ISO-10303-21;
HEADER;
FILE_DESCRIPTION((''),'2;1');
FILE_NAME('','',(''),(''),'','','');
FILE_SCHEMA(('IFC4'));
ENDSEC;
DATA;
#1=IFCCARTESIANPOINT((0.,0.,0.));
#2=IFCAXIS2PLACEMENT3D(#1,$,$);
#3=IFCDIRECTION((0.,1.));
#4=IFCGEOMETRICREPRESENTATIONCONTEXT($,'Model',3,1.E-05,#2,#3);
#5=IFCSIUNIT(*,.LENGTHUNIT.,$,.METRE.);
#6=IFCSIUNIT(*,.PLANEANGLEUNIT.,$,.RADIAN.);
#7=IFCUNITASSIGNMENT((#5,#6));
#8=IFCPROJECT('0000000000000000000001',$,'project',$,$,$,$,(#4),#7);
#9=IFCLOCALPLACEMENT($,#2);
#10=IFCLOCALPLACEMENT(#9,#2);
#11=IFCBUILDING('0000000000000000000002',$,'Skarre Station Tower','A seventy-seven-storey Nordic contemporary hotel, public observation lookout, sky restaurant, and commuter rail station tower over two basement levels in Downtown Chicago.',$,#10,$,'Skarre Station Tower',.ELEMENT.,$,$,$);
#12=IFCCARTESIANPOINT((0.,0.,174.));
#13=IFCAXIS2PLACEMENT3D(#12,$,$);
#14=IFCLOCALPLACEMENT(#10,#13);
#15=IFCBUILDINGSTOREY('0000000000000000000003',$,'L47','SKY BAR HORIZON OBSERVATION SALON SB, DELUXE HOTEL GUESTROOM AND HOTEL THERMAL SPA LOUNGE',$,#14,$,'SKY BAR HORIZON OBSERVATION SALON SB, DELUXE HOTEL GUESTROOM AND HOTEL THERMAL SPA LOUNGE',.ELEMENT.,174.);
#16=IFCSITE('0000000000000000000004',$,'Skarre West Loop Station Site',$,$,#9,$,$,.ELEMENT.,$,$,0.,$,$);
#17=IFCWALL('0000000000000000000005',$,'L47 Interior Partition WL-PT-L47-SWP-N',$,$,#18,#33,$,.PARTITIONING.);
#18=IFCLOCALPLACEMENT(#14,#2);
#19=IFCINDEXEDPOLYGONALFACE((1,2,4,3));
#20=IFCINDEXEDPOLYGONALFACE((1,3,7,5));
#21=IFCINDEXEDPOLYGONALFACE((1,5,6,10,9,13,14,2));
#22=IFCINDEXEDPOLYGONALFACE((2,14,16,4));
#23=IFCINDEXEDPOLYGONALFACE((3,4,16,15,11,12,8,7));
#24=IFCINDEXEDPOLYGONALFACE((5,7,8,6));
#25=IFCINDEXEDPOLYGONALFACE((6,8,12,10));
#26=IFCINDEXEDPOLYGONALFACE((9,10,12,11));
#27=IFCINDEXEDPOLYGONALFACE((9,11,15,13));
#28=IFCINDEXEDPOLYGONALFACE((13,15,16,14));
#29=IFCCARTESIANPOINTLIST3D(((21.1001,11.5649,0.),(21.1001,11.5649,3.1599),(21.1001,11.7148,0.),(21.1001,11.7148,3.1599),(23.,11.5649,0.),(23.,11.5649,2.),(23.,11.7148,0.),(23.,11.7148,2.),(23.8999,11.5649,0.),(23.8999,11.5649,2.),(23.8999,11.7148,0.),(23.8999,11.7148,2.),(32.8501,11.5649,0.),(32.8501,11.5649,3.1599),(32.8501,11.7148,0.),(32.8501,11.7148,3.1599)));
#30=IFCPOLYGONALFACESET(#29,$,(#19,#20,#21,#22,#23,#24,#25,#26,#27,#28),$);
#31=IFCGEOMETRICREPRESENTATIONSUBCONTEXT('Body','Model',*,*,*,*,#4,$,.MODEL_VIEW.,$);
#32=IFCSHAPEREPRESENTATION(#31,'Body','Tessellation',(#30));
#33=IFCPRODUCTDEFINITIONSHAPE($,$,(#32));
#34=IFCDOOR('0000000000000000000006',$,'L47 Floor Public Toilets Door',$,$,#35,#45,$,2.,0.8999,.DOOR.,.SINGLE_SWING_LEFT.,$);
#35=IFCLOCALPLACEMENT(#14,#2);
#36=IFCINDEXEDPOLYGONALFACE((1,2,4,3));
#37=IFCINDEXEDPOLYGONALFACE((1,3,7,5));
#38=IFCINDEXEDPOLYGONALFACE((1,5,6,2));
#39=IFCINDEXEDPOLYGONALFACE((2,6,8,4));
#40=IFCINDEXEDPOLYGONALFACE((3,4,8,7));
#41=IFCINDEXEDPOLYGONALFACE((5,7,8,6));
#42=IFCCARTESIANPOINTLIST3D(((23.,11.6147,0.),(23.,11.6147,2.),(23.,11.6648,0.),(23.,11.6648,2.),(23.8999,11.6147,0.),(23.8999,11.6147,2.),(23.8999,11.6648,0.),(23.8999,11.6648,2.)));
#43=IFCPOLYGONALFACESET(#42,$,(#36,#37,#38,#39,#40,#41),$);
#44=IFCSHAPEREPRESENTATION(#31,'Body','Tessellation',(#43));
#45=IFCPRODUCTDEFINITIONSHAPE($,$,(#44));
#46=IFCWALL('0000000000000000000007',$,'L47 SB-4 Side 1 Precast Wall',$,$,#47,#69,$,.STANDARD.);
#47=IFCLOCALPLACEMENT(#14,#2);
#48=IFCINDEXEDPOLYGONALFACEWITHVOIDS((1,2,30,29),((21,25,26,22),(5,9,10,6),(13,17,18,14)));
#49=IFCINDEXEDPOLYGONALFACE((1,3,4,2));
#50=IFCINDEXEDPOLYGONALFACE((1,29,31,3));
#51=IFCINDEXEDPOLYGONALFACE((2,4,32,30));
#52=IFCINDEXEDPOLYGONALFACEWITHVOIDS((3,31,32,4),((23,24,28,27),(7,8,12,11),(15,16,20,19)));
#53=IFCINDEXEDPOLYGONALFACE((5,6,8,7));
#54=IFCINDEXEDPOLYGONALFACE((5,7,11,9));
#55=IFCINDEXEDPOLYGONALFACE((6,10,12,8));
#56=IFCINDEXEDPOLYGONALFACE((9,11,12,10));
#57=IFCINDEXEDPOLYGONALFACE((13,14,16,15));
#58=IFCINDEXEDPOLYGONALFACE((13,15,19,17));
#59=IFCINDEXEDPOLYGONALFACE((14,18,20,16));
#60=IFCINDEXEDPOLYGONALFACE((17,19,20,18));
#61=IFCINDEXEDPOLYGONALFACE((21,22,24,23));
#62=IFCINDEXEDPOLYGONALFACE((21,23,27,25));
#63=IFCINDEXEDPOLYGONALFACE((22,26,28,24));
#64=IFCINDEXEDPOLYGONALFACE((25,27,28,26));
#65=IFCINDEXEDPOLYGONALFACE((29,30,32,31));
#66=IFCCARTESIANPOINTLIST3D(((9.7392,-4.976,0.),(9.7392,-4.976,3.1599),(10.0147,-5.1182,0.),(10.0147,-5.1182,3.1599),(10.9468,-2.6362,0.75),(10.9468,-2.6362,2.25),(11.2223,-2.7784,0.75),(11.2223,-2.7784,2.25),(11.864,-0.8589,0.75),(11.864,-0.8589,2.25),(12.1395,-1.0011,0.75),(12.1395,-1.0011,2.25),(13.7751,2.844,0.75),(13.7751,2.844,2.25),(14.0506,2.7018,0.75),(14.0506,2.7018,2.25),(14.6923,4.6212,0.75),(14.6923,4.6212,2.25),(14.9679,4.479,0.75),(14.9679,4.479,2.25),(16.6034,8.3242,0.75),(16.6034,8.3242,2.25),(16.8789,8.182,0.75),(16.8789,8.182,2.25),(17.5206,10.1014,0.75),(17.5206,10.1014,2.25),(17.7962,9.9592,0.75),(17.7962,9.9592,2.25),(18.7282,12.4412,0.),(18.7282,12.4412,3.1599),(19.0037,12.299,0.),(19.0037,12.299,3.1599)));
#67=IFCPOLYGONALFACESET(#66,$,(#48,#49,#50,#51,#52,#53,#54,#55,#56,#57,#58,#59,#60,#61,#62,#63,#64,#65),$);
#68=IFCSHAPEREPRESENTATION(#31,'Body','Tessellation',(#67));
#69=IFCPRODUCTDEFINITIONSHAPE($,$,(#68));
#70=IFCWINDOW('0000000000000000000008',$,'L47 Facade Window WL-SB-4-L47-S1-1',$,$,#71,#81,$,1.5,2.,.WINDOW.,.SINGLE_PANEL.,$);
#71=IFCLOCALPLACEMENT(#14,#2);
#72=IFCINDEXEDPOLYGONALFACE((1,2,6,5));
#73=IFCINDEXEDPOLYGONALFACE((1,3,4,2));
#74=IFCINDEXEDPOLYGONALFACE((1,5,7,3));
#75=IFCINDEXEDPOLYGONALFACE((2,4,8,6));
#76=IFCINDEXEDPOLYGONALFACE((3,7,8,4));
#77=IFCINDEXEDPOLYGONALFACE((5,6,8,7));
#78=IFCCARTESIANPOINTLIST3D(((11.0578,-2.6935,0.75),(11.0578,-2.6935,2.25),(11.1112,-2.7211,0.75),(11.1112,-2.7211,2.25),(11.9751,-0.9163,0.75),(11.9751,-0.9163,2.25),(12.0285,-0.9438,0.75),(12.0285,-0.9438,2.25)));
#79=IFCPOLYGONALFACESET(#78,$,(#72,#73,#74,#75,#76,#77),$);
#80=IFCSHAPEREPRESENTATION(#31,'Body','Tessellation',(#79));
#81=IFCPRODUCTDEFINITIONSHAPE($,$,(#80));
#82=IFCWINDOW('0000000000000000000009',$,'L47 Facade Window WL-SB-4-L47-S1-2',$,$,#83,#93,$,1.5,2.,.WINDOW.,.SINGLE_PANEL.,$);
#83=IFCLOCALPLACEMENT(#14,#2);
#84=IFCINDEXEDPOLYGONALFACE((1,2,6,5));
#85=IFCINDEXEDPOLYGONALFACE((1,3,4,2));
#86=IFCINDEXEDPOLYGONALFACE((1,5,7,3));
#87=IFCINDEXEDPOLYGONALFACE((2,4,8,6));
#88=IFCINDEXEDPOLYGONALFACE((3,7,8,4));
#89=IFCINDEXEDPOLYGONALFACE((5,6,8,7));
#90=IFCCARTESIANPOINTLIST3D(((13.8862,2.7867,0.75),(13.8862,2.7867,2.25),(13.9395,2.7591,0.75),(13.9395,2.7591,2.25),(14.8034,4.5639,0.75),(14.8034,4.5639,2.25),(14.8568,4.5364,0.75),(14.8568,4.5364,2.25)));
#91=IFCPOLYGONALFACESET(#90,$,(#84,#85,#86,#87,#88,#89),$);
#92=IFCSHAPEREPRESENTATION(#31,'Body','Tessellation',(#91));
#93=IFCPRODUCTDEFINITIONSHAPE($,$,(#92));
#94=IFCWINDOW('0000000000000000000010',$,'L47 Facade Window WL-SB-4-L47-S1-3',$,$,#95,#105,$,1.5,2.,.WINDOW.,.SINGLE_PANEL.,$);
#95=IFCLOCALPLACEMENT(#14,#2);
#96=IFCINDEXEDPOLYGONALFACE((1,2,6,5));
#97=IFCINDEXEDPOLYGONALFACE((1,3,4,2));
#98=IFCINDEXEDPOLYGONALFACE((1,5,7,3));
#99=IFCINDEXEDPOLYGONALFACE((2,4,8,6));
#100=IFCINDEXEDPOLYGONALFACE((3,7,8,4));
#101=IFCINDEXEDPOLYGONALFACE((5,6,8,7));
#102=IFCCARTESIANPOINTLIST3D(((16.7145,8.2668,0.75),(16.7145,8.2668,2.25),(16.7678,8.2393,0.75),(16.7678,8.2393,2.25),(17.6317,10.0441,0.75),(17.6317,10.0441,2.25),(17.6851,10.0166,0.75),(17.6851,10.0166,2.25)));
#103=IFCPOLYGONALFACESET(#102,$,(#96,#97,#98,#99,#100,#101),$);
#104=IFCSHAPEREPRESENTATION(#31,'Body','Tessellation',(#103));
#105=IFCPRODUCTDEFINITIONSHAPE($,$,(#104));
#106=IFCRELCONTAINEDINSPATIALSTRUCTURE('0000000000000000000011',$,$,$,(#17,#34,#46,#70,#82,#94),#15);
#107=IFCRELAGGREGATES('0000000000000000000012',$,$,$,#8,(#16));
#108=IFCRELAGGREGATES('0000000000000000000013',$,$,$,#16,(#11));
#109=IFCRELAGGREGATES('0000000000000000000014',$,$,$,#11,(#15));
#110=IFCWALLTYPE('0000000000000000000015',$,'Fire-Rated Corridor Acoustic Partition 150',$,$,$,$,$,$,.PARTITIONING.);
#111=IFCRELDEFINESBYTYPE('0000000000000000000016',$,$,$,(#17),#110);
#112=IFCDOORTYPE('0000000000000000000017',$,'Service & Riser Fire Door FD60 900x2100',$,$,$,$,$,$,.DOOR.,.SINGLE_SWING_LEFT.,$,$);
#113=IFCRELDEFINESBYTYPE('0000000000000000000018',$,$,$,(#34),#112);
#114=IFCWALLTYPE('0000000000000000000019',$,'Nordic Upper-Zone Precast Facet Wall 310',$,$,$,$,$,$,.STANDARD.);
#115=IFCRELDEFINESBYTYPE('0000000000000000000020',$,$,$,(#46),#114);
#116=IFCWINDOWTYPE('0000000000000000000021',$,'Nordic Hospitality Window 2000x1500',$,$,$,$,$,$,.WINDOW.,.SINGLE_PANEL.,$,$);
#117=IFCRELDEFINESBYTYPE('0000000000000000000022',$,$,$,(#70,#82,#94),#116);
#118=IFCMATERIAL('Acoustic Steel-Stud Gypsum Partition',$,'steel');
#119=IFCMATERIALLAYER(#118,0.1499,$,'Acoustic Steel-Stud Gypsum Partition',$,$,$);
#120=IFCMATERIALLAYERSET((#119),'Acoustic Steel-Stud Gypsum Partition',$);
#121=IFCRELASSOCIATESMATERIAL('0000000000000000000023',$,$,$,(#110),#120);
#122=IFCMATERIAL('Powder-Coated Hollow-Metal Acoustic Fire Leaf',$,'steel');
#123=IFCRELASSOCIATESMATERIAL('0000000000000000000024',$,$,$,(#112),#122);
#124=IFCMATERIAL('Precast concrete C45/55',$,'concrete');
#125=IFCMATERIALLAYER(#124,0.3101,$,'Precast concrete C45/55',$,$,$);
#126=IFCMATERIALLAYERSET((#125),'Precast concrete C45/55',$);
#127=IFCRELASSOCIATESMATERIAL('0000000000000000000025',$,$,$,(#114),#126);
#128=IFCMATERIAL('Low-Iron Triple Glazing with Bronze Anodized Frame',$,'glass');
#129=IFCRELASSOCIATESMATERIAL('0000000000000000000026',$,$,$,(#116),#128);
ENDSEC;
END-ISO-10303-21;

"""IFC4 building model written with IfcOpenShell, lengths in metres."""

from ifc_helpers import new_model, si_unit, direction, frame, frame_2d, origin, place, context, subcontext, project, spatial, rectangle, extrude, material, layer, layer_set, type_object, element, fill, save


model = new_model("IFC4")

# Units and contexts
model_context = context("Model", 3, precision=1e-05, world=origin(), true_north=direction((0.0, 1.0)))
body_context = subcontext(model_context, "Body", "Model", "MODEL_VIEW")
ifc_project = project(units=[si_unit("LENGTHUNIT", "METRE"), si_unit("PLANEANGLEUNIT", "RADIAN")], contexts=[model_context])

# Site, building, storey
site_placement = place(None, origin())
site = spatial("IfcSite", under=ifc_project, at=site_placement, Name="Skarre West Loop Station Site", CompositionType="ELEMENT", RefElevation=0.0)
building_placement = place(site_placement, origin())
building = spatial("IfcBuilding", under=site, at=building_placement, Name="Skarre Station Tower", Description="A seventy-seven-storey Nordic contemporary hotel, public observation lookout, sky restaurant, and commuter rail station tower over two basement levels in Downtown Chicago.", LongName="Skarre Station Tower", CompositionType="ELEMENT")
storey_placement = place(building_placement, frame((0.0, 0.0, 174.0)))
storey = spatial("IfcBuildingStorey", under=building, at=storey_placement, Name="L47", Description="SKY BAR HORIZON OBSERVATION SALON SB, DELUXE HOTEL GUESTROOM AND HOTEL THERMAL SPA LOUNGE", LongName="SKY BAR HORIZON OBSERVATION SALON SB, DELUXE HOTEL GUESTROOM AND HOTEL THERMAL SPA LOUNGE", CompositionType="ELEMENT", Elevation=174.0)

# Shared definitions
ifc_material_1 = material(Name="Acoustic Steel-Stud Gypsum Partition", Category="steel")
ifc_layer_1 = layer(ifc_material_1, 0.1499, Name="Acoustic Steel-Stud Gypsum Partition")
ifc_layer_set_1 = layer_set([ifc_layer_1], Name="Acoustic Steel-Stud Gypsum Partition")
wall_type_1 = type_object("IfcWallType", Name="Fire-Rated Corridor Acoustic Partition 150", PredefinedType="PARTITIONING", material=ifc_layer_set_1)

# Wall, opening, door
wall_1_placement = place(storey_placement, frame((21.1001, 11.6399, 0.0), z_axis=(0.0, 0.0, 1.0), x_axis=(1.0, 0.0, 0.0)))
wall_1 = element("IfcWall", 1, at=wall_1_placement, inside=storey, type_object=wall_type_1, Name="L47 Interior Partition WL-PT-L47-SWP-N", PredefinedType="PARTITIONING", context=body_context, shape_type="SweptSolid", body=[
    extrude(rectangle(XDim=11.75, YDim=0.1499, at=frame_2d((5.875, 0.0))), origin(), (0.0, 0.0, 1.0), 3.1599),
])
opening_1_placement = place(wall_1_placement, frame((1.8999, 0.0, 0.0)))
opening_1 = element("IfcOpeningElement", 2, at=opening_1_placement, cuts=wall_1, PredefinedType="OPENING", context=body_context, shape_type="SweptSolid", body=[
    extrude(rectangle(XDim=0.8999, YDim=2.0, at=frame_2d((0.45, 1.0))), frame((0.0, 0.085, 0.0), z_axis=(0.0, -1.0, 0.0), x_axis=(1.0, 0.0, 0.0)), (0.0, 0.0, 1.0), 0.1699),
])
ifc_material_2 = material(Name="Powder-Coated Hollow-Metal Acoustic Fire Leaf", Category="steel")
door_type = type_object("IfcDoorType", Name="Service & Riser Fire Door FD60 900x2100", OperationType="SINGLE_SWING_LEFT", PredefinedType="DOOR", material=ifc_material_2)
door_placement = place(opening_1_placement, origin())
door = element("IfcDoor", 3, at=door_placement, inside=storey, type_object=door_type, Name="L47 Floor Public Toilets Door", OperationType="SINGLE_SWING_LEFT", OverallHeight=2.0, OverallWidth=0.8999, PredefinedType="DOOR", context=body_context, shape_type="SweptSolid", body=[
    extrude(rectangle(XDim=0.8999, YDim=2.0, at=frame_2d((0.45, 1.0))), frame((0.0, 0.0249, 0.0), z_axis=(0.0, -1.0, 0.0), x_axis=(1.0, 0.0, 0.0)), (0.0, 0.0, 1.0), 0.05),
])
fill(opening_1, door)

# Wall, openings, windows
ifc_material_3 = material(Name="Precast concrete C45/55", Category="concrete")
ifc_layer_2 = layer(ifc_material_3, 0.3101, Name="Precast concrete C45/55")
ifc_layer_set_2 = layer_set([ifc_layer_2], Name="Precast concrete C45/55")
wall_type_2 = type_object("IfcWallType", Name="Nordic Upper-Zone Precast Facet Wall 310", PredefinedType="STANDARD", material=ifc_layer_set_2)
wall_2_placement = place(storey_placement, frame((9.877, -5.0471, 0.0), z_axis=(0.0, 0.0, 1.0), x_axis=(0.458622, 0.888632, 0.0)))
wall_2 = element("IfcWall", 4, at=wall_2_placement, inside=storey, type_object=wall_type_2, Name="L47 SB-4 Side 1 Precast Wall", PredefinedType="STANDARD", context=body_context, shape_type="SweptSolid", body=[
    extrude(rectangle(XDim=19.6001, YDim=0.3101, at=frame_2d((9.8, 0.0))), origin(), (0.0, 0.0, 1.0), 3.1599),
])
opening_2_placement = place(wall_2_placement, frame((2.6331, 0.0, 0.75)))
opening_2 = element("IfcOpeningElement", 5, at=opening_2_placement, cuts=wall_2, PredefinedType="OPENING", context=body_context, shape_type="SweptSolid", body=[
    extrude(rectangle(XDim=2.0, YDim=1.5, at=frame_2d((1.0, 0.75))), frame((0.0, 0.165, 0.0), z_axis=(0.0, -1.0, 0.0), x_axis=(1.0, 0.0, 0.0)), (0.0, 0.0, 1.0), 0.3301),
])
opening_3_placement = place(wall_2_placement, frame((8.8, 0.0, 0.75)))
opening_3 = element("IfcOpeningElement", 6, at=opening_3_placement, cuts=wall_2, PredefinedType="OPENING", context=body_context, shape_type="SweptSolid", body=[
    extrude(rectangle(XDim=2.0, YDim=1.5, at=frame_2d((1.0, 0.75))), frame((0.0, 0.165, 0.0), z_axis=(0.0, -1.0, 0.0), x_axis=(1.0, 0.0, 0.0)), (0.0, 0.0, 1.0), 0.3301),
])
opening_4_placement = place(wall_2_placement, frame((14.967, 0.0, 0.75)))
opening_4 = element("IfcOpeningElement", 7, at=opening_4_placement, cuts=wall_2, PredefinedType="OPENING", context=body_context, shape_type="SweptSolid", body=[
    extrude(rectangle(XDim=2.0, YDim=1.5, at=frame_2d((1.0, 0.75))), frame((0.0, 0.165, 0.0), z_axis=(0.0, -1.0, 0.0), x_axis=(1.0, 0.0, 0.0)), (0.0, 0.0, 1.0), 0.3301),
])
ifc_material_4 = material(Name="Low-Iron Triple Glazing with Bronze Anodized Frame", Category="glass")
window_type = type_object("IfcWindowType", Name="Nordic Hospitality Window 2000x1500", PartitioningType="SINGLE_PANEL", PredefinedType="WINDOW", material=ifc_material_4)
window_1_placement = place(opening_2_placement, origin())
window_1 = element("IfcWindow", 8, at=window_1_placement, inside=storey, type_object=window_type, Name="L47 Facade Window WL-SB-4-L47-S1-1", OverallHeight=1.5, OverallWidth=2.0, PartitioningType="SINGLE_PANEL", PredefinedType="WINDOW", context=body_context, shape_type="SweptSolid", body=[
    extrude(rectangle(XDim=2.0, YDim=1.5, at=frame_2d((1.0, 0.75))), frame((0.0, 0.03, 0.0), z_axis=(0.0, -1.0, 0.0), x_axis=(1.0, 0.0, 0.0)), (0.0, 0.0, 1.0), 0.0601),
])
fill(opening_2, window_1)
window_2_placement = place(opening_3_placement, origin())
window_2 = element("IfcWindow", 9, at=window_2_placement, inside=storey, type_object=window_type, Name="L47 Facade Window WL-SB-4-L47-S1-2", OverallHeight=1.5, OverallWidth=2.0, PartitioningType="SINGLE_PANEL", PredefinedType="WINDOW", context=body_context, shape_type="SweptSolid", body=[
    extrude(rectangle(XDim=2.0, YDim=1.5, at=frame_2d((1.0, 0.75))), frame((0.0, 0.03, 0.0), z_axis=(0.0, -1.0, 0.0), x_axis=(1.0, 0.0, 0.0)), (0.0, 0.0, 1.0), 0.0601),
])
fill(opening_3, window_2)
window_3_placement = place(opening_4_placement, origin())
window_3 = element("IfcWindow", 10, at=window_3_placement, inside=storey, type_object=window_type, Name="L47 Facade Window WL-SB-4-L47-S1-3", OverallHeight=1.5, OverallWidth=2.0, PartitioningType="SINGLE_PANEL", PredefinedType="WINDOW", context=body_context, shape_type="SweptSolid", body=[
    extrude(rectangle(XDim=2.0, YDim=1.5, at=frame_2d((1.0, 0.75))), frame((0.0, 0.03, 0.0), z_axis=(0.0, -1.0, 0.0), x_axis=(1.0, 0.0, 0.0)), (0.0, 0.0, 1.0), 0.0601),
])
fill(opening_4, window_3)

save(model, "model.ifc")
